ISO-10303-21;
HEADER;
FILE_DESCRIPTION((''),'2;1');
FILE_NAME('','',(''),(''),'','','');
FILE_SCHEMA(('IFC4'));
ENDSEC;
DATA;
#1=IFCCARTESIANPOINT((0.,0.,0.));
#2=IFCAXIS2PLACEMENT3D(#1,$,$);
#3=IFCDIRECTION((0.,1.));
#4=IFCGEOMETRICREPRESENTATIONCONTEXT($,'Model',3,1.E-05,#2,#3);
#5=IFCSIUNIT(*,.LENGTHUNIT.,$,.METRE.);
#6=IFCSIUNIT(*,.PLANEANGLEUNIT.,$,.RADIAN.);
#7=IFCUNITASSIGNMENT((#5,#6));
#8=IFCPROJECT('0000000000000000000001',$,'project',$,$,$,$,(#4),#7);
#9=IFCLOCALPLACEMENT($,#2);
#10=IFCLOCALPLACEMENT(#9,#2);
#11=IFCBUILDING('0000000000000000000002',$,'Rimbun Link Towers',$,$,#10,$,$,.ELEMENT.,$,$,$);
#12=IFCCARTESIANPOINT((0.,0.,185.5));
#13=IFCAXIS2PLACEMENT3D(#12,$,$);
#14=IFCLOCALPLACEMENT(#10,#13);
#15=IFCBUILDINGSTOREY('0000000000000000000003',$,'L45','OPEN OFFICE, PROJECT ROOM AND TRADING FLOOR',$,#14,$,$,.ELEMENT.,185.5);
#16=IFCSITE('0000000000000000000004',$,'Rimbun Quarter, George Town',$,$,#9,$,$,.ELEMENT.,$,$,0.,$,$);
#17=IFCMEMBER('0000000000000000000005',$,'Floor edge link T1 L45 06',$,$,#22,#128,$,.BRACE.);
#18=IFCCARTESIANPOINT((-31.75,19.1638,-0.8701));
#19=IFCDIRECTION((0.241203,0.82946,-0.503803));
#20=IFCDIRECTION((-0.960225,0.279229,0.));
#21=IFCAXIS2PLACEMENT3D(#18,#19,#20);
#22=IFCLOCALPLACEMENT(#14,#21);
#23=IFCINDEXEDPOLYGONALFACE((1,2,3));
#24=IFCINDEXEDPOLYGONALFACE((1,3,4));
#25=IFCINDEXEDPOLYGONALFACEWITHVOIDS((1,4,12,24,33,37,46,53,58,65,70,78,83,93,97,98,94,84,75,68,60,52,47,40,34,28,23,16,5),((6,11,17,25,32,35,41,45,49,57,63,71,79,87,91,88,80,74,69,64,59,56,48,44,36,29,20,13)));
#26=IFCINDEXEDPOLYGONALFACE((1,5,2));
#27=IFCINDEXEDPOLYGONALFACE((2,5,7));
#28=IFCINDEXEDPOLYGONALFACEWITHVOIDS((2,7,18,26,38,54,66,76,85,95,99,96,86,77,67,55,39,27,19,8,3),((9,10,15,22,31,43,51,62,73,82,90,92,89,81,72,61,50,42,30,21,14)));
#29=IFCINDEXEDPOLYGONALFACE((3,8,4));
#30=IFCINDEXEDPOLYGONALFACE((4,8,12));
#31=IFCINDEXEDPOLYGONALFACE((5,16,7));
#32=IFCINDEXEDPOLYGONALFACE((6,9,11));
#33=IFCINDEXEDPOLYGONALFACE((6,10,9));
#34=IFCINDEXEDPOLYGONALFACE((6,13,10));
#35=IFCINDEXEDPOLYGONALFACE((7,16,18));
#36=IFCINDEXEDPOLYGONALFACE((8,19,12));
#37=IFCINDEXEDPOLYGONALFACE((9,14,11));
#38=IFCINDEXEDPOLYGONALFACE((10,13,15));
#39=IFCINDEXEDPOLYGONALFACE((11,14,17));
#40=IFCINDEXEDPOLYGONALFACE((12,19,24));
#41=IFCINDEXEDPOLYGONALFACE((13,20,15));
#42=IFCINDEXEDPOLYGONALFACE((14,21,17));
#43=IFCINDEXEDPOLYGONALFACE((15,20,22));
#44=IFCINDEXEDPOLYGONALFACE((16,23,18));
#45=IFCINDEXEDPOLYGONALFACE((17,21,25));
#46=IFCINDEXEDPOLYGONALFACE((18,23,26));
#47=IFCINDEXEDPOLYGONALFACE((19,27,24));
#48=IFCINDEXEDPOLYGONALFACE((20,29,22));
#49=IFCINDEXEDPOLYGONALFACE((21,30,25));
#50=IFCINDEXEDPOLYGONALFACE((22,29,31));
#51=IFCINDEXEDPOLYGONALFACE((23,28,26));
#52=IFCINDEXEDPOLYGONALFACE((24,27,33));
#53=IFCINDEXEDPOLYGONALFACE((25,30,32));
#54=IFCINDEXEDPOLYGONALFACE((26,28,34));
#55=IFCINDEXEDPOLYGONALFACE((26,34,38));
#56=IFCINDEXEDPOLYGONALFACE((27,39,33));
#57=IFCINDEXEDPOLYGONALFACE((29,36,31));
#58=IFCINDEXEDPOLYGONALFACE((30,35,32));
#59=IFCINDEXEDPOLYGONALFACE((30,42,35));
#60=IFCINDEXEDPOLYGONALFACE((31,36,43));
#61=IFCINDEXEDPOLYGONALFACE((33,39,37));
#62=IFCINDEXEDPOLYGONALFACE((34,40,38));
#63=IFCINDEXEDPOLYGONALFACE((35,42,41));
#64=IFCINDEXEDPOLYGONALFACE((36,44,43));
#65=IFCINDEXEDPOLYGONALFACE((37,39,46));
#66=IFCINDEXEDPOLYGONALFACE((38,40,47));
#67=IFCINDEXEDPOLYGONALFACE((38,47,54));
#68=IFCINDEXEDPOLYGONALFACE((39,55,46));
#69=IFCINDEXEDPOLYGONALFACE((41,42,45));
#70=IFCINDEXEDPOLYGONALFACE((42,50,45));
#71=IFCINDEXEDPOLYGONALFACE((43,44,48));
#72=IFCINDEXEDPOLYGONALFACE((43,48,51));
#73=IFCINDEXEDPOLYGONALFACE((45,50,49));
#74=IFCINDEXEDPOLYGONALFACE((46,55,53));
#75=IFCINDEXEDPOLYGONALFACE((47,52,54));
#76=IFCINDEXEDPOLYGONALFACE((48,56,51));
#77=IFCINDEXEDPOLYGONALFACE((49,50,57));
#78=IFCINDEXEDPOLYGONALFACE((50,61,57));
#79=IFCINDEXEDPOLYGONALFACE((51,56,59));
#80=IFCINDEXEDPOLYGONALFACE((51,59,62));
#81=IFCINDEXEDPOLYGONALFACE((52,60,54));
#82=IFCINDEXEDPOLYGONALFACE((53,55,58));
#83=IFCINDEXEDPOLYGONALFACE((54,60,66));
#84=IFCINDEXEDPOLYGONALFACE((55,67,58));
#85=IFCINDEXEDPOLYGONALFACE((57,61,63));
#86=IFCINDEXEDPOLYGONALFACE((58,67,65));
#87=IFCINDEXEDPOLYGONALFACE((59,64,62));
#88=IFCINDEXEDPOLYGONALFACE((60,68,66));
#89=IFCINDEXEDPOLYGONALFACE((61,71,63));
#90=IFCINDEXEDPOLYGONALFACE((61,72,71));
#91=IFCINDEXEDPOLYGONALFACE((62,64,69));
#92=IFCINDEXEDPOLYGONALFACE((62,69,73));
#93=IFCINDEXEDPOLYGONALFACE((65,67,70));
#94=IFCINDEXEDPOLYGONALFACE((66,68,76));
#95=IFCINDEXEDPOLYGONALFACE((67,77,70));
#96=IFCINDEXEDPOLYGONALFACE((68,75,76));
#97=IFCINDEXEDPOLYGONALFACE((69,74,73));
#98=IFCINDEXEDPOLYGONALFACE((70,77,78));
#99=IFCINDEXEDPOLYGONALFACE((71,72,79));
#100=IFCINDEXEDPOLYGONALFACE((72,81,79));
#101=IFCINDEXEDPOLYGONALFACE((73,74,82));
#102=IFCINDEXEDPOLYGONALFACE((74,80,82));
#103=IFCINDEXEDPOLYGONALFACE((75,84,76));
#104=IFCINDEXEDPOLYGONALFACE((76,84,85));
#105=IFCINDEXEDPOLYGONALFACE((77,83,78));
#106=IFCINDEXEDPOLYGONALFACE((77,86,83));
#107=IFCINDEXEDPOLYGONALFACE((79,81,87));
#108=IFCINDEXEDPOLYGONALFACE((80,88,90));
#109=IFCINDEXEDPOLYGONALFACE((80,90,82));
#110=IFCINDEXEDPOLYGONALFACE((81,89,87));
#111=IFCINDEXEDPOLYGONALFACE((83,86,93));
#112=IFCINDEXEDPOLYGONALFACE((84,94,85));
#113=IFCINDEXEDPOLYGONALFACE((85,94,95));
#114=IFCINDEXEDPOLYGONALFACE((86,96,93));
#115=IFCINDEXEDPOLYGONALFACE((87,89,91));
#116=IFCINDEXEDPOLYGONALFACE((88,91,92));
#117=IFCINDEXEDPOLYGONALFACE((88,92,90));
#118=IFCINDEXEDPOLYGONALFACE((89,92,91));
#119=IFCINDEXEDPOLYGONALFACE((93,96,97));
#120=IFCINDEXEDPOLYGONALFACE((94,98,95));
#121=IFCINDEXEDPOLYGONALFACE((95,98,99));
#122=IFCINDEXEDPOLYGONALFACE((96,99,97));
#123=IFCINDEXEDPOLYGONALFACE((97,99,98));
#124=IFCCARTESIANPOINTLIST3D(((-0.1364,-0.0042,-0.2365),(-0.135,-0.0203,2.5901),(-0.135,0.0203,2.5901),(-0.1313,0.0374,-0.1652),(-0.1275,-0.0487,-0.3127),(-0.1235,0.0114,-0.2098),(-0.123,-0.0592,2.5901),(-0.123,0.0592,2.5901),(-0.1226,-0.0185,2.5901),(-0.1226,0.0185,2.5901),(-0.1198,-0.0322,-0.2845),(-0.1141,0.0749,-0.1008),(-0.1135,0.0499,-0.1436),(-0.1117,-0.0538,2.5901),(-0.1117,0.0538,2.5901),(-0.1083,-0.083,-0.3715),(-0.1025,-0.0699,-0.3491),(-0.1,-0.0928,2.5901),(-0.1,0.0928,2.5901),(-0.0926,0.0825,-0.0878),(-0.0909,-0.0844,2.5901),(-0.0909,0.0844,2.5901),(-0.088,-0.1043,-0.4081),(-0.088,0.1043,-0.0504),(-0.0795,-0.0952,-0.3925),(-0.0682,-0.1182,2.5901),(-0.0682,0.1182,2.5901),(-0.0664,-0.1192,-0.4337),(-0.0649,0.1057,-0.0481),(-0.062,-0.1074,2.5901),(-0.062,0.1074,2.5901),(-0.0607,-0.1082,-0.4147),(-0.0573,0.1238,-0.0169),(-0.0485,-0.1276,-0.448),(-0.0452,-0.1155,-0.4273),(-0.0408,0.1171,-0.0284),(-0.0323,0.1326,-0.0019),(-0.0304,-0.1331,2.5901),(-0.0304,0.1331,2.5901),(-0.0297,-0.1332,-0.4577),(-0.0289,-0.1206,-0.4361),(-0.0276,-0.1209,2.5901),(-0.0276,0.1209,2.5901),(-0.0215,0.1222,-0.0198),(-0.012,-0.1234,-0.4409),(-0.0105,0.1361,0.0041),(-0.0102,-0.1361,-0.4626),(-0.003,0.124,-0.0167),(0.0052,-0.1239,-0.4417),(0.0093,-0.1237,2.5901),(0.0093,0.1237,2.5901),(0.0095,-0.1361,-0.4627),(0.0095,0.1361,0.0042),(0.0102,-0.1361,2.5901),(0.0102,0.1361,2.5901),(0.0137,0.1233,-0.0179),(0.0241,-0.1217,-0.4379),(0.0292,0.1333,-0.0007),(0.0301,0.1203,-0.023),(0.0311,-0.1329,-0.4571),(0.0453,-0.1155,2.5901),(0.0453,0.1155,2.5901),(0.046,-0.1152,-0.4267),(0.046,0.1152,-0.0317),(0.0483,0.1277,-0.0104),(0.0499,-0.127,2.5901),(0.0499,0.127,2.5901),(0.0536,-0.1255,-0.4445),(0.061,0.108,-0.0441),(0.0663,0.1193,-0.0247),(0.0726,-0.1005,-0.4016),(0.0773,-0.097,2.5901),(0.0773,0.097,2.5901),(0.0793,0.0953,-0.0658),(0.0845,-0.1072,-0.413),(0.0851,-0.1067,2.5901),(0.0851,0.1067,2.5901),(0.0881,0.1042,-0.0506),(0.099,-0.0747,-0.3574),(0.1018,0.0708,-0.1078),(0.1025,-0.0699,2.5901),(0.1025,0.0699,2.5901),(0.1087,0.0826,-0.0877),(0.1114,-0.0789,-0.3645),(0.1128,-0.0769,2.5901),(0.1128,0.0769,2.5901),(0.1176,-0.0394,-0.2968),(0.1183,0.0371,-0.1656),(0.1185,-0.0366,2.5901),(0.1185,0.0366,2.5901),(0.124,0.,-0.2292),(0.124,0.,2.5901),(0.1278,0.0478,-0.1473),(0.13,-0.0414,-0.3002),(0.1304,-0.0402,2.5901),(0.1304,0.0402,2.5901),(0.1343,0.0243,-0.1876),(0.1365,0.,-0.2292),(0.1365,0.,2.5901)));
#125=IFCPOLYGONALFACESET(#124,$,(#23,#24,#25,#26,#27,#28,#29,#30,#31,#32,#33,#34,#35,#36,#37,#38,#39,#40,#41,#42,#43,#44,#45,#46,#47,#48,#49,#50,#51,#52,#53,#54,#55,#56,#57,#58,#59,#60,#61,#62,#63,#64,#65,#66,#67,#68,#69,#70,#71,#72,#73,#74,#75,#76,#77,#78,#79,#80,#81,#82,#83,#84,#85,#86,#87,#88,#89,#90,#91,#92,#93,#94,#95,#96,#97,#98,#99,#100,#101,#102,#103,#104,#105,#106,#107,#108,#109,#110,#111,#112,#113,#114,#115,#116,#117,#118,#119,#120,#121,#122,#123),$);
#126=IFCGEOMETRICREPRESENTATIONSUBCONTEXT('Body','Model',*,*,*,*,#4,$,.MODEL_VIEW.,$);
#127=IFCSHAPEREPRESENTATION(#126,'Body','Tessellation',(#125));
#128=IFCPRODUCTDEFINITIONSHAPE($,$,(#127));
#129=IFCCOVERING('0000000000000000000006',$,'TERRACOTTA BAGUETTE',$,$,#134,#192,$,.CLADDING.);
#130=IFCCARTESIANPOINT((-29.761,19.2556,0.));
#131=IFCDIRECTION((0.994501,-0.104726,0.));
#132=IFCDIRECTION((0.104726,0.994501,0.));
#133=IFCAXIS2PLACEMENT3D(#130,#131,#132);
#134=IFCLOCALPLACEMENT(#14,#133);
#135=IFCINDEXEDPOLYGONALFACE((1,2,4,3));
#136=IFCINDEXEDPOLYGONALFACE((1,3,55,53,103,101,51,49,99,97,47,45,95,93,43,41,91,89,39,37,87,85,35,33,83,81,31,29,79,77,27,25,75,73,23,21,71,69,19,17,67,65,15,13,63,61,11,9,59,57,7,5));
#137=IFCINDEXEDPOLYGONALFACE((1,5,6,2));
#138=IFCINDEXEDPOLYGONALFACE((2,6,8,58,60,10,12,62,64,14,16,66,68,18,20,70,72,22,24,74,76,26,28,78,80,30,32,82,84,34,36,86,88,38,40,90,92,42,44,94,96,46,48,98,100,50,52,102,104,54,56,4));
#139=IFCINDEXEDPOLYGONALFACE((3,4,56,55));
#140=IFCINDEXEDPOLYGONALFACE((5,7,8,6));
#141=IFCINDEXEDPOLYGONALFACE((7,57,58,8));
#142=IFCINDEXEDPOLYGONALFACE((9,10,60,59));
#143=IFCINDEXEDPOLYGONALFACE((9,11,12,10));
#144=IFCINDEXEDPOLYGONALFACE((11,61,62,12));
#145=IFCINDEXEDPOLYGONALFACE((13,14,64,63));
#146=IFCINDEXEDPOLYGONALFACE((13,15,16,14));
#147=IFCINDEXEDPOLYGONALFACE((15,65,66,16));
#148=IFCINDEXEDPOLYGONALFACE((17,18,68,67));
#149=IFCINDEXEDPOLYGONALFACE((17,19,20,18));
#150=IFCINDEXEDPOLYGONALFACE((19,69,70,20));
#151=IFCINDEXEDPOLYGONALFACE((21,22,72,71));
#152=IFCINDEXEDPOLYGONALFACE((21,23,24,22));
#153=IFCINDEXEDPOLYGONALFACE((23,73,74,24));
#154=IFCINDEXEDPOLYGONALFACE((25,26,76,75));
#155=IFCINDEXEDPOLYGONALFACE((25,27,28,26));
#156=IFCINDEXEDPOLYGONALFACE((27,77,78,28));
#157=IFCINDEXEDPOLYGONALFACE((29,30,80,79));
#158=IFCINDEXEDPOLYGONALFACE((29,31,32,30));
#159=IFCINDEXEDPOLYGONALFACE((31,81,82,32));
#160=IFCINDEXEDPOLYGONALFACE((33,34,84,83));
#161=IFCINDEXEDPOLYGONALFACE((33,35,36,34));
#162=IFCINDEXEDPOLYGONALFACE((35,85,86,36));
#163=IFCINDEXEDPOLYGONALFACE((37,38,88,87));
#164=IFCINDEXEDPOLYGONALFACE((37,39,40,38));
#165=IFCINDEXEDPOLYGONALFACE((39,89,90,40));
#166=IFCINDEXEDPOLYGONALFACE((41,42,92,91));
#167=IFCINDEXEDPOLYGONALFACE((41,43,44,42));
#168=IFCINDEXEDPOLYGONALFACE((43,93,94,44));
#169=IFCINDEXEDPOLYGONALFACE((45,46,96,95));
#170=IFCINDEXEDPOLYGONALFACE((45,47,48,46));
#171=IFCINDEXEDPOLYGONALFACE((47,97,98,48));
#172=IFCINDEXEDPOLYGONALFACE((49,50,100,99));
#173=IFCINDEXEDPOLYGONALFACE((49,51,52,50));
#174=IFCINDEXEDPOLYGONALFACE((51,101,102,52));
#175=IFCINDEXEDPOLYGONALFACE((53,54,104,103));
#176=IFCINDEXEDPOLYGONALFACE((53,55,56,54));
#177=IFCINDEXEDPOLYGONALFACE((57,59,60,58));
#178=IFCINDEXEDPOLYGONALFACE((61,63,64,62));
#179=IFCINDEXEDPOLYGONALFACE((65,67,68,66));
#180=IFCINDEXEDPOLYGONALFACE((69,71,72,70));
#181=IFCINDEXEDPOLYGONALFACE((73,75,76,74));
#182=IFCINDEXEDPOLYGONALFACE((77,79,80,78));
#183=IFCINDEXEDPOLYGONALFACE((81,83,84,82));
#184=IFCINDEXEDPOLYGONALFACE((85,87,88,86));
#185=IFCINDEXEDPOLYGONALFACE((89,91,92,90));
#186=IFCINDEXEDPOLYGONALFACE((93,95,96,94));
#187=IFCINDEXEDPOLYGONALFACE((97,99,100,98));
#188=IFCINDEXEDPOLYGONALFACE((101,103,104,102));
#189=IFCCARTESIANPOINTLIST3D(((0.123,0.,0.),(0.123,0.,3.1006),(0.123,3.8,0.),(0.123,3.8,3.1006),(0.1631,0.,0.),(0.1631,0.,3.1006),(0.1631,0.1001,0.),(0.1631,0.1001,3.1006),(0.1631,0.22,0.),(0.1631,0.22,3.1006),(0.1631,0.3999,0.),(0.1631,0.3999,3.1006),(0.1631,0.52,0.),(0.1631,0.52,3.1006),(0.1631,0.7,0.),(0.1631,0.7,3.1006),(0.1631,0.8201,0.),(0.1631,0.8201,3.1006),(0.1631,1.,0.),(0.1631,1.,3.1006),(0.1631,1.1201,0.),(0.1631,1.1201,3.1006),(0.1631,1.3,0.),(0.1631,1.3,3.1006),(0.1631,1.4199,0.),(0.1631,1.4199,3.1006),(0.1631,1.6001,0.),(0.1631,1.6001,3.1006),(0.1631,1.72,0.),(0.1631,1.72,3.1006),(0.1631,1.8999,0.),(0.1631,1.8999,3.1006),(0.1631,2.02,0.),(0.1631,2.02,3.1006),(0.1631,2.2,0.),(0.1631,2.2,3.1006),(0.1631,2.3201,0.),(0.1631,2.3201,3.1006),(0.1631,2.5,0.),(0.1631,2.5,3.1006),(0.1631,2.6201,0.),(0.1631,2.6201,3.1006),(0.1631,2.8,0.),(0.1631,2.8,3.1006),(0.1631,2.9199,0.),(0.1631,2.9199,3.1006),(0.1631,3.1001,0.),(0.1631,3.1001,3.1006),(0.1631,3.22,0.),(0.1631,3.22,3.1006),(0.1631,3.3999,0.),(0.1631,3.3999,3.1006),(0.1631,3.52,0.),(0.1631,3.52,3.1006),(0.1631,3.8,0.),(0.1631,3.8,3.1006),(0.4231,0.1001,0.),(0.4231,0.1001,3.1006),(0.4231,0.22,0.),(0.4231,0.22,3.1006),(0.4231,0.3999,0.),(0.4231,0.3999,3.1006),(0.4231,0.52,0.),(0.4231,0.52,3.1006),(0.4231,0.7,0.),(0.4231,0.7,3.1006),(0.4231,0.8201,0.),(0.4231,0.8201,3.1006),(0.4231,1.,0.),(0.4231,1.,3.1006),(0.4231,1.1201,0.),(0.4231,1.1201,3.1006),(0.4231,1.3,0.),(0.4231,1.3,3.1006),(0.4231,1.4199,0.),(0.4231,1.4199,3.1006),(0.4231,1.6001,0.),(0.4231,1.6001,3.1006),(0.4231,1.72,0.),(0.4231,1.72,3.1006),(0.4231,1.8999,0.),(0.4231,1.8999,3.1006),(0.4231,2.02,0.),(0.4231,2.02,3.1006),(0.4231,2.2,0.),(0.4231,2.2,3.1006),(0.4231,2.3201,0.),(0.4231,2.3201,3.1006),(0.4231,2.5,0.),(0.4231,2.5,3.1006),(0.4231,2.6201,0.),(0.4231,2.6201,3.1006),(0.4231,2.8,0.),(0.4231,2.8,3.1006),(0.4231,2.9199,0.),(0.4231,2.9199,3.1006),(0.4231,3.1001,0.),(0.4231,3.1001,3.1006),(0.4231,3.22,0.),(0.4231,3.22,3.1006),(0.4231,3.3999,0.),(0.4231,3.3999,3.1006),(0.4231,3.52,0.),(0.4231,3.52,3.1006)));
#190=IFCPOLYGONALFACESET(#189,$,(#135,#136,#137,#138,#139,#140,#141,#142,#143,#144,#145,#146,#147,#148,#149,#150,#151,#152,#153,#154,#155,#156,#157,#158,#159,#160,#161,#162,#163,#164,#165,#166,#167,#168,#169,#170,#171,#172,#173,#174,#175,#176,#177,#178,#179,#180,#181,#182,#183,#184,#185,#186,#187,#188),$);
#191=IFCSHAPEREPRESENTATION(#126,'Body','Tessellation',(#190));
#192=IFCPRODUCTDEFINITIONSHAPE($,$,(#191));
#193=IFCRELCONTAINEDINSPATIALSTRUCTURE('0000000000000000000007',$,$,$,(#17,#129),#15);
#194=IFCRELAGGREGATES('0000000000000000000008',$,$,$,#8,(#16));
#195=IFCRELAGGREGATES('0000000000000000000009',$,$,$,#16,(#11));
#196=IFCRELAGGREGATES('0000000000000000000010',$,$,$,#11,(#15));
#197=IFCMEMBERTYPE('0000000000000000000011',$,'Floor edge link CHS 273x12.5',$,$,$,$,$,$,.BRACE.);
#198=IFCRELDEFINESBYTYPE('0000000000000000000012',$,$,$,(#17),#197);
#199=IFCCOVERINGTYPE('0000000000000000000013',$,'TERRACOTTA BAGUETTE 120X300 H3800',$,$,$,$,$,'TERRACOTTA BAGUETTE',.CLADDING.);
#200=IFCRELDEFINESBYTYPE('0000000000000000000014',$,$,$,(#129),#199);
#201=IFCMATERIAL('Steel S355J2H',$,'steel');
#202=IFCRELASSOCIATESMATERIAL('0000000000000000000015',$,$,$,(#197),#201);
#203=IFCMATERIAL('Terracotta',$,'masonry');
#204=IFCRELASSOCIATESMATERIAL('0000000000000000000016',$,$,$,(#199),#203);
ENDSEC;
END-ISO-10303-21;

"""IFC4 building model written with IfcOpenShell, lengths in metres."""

from ifc_helpers import new_model, si_unit, direction, frame, origin, origin_2d, place, context, subcontext, project, spatial, polyline, hollow_circle, outline, extrude, clip, halfspace, material, material_profile, profile_set, type_object, element, save


model = new_model("IFC4")

# Units and contexts
model_context = context("Model", 3, precision=1e-05, world=origin(), true_north=direction((0.0, 1.0)))
body_context = subcontext(model_context, "Body", "Model", "MODEL_VIEW")
ifc_project = project(units=[si_unit("LENGTHUNIT", "METRE"), si_unit("PLANEANGLEUNIT", "RADIAN")], contexts=[model_context])

# Site, building, storey
site_placement = place(None, origin())
site = spatial("IfcSite", under=ifc_project, at=site_placement, Name="Rimbun Quarter, George Town", CompositionType="ELEMENT", RefElevation=0.0)
building_placement = place(site_placement, origin())
building = spatial("IfcBuilding", under=site, at=building_placement, Name="Rimbun Link Towers", CompositionType="ELEMENT")
storey_placement = place(building_placement, frame((0.0, 0.0, 185.5)))
storey = spatial("IfcBuildingStorey", under=building, at=storey_placement, Name="L45", Description="OPEN OFFICE, PROJECT ROOM AND TRADING FLOOR", CompositionType="ELEMENT", Elevation=185.5)

# Member
ifc_material_1 = material(Name="Steel S355J2H", Category="steel")
ifc_material_profile_1 = material_profile(ifc_material_1, hollow_circle(Radius=0.1365, WallThickness=0.0125, at=origin_2d()), Name="CHS 273x12.5")
ifc_profile_set_1 = profile_set([ifc_material_profile_1], Name="Steel S355J2H")
member_type_1 = type_object("IfcMemberType", Name="Floor edge link CHS 273x12.5", PredefinedType="BRACE", material=ifc_profile_set_1)
member_1_placement = place(storey_placement, frame((-31.75, 19.1638, -0.8701), z_axis=(0.241203, 0.82946, -0.503803), x_axis=(-0.960225, 0.279229, 0.0)))
element("IfcMember", 1, at=member_1_placement, inside=storey, type_object=member_type_1, Name="Floor edge link T1 L45 06", PredefinedType="BRACE", context=body_context, shape_type="Clipping", body=[
    clip(extrude(hollow_circle(Radius=0.1365, WallThickness=0.0125, at=origin_2d()), frame((0.0, 0.0, -0.488)), (0.0, 0.0, 1.0), 3.0781), halfspace(frame((0.0, 0.0, -0.2292), z_axis=(0.0, 0.863819, -0.503803)), False)),
])

# Covering
ifc_material_2 = material(Name="Terracotta", Category="masonry")
ifc_material_profile_2 = material_profile(ifc_material_2, outline(polyline([(0.123, 0.0), (0.1631, 0.0), (0.1631, 0.1001), (0.4231, 0.1001), (0.4231, 0.22), (0.1631, 0.22), (0.1631, 0.3999), (0.4231, 0.3999), (0.4231, 0.52), (0.1631, 0.52), (0.1631, 0.7), (0.4231, 0.7), (0.4231, 0.8201), (0.1631, 0.8201), (0.1631, 1.0), (0.4231, 1.0), (0.4231, 1.1201), (0.1631, 1.1201), (0.1631, 1.3), (0.4231, 1.3), (0.4231, 1.4199), (0.1631, 1.4199), (0.1631, 1.6001), (0.4231, 1.6001), (0.4231, 1.72), (0.1631, 1.72), (0.1631, 1.8999), (0.4231, 1.8999), (0.4231, 2.02), (0.1631, 2.02), (0.1631, 2.2), (0.4231, 2.2), (0.4231, 2.3201), (0.1631, 2.3201), (0.1631, 2.5), (0.4231, 2.5), (0.4231, 2.6201), (0.1631, 2.6201), (0.1631, 2.8), (0.4231, 2.8), (0.4231, 2.9199), (0.1631, 2.9199), (0.1631, 3.1001), (0.4231, 3.1001), (0.4231, 3.22), (0.1631, 3.22), (0.1631, 3.3999), (0.4231, 3.3999), (0.4231, 3.52), (0.1631, 3.52), (0.1631, 3.8), (0.123, 3.8), (0.123, 0.0)])), Name="BAGUETTE 120X300")
ifc_profile_set_2 = profile_set([ifc_material_profile_2], Name="Terracotta")
covering_type = type_object("IfcCoveringType", Name="TERRACOTTA BAGUETTE 120X300 H3800", ElementType="TERRACOTTA BAGUETTE", PredefinedType="CLADDING", material=ifc_profile_set_2)
covering_1_placement = place(storey_placement, frame((-29.761, 19.2556, 0.0), z_axis=(0.994501, -0.104726, 0.0), x_axis=(0.104726, 0.994501, 0.0)))
element("IfcCovering", 2, at=covering_1_placement, inside=storey, type_object=covering_type, Name="TERRACOTTA BAGUETTE", PredefinedType="CLADDING", context=body_context, shape_type="SweptSolid", body=[
    extrude(outline(polyline([(0.123, 0.0), (0.1631, 0.0), (0.1631, 0.1001), (0.4231, 0.1001), (0.4231, 0.22), (0.1631, 0.22), (0.1631, 0.3999), (0.4231, 0.3999), (0.4231, 0.52), (0.1631, 0.52), (0.1631, 0.7), (0.4231, 0.7), (0.4231, 0.8201), (0.1631, 0.8201), (0.1631, 1.0), (0.4231, 1.0), (0.4231, 1.1201), (0.1631, 1.1201), (0.1631, 1.3), (0.4231, 1.3), (0.4231, 1.4199), (0.1631, 1.4199), (0.1631, 1.6001), (0.4231, 1.6001), (0.4231, 1.72), (0.1631, 1.72), (0.1631, 1.8999), (0.4231, 1.8999), (0.4231, 2.02), (0.1631, 2.02), (0.1631, 2.2), (0.4231, 2.2), (0.4231, 2.3201), (0.1631, 2.3201), (0.1631, 2.5), (0.4231, 2.5), (0.4231, 2.6201), (0.1631, 2.6201), (0.1631, 2.8), (0.4231, 2.8), (0.4231, 2.9199), (0.1631, 2.9199), (0.1631, 3.1001), (0.4231, 3.1001), (0.4231, 3.22), (0.1631, 3.22), (0.1631, 3.3999), (0.4231, 3.3999), (0.4231, 3.52), (0.1631, 3.52), (0.1631, 3.8), (0.123, 3.8), (0.123, 0.0)])), origin(), (0.0, 0.0, 1.0), 3.1006),
])

save(model, "model.ifc")
